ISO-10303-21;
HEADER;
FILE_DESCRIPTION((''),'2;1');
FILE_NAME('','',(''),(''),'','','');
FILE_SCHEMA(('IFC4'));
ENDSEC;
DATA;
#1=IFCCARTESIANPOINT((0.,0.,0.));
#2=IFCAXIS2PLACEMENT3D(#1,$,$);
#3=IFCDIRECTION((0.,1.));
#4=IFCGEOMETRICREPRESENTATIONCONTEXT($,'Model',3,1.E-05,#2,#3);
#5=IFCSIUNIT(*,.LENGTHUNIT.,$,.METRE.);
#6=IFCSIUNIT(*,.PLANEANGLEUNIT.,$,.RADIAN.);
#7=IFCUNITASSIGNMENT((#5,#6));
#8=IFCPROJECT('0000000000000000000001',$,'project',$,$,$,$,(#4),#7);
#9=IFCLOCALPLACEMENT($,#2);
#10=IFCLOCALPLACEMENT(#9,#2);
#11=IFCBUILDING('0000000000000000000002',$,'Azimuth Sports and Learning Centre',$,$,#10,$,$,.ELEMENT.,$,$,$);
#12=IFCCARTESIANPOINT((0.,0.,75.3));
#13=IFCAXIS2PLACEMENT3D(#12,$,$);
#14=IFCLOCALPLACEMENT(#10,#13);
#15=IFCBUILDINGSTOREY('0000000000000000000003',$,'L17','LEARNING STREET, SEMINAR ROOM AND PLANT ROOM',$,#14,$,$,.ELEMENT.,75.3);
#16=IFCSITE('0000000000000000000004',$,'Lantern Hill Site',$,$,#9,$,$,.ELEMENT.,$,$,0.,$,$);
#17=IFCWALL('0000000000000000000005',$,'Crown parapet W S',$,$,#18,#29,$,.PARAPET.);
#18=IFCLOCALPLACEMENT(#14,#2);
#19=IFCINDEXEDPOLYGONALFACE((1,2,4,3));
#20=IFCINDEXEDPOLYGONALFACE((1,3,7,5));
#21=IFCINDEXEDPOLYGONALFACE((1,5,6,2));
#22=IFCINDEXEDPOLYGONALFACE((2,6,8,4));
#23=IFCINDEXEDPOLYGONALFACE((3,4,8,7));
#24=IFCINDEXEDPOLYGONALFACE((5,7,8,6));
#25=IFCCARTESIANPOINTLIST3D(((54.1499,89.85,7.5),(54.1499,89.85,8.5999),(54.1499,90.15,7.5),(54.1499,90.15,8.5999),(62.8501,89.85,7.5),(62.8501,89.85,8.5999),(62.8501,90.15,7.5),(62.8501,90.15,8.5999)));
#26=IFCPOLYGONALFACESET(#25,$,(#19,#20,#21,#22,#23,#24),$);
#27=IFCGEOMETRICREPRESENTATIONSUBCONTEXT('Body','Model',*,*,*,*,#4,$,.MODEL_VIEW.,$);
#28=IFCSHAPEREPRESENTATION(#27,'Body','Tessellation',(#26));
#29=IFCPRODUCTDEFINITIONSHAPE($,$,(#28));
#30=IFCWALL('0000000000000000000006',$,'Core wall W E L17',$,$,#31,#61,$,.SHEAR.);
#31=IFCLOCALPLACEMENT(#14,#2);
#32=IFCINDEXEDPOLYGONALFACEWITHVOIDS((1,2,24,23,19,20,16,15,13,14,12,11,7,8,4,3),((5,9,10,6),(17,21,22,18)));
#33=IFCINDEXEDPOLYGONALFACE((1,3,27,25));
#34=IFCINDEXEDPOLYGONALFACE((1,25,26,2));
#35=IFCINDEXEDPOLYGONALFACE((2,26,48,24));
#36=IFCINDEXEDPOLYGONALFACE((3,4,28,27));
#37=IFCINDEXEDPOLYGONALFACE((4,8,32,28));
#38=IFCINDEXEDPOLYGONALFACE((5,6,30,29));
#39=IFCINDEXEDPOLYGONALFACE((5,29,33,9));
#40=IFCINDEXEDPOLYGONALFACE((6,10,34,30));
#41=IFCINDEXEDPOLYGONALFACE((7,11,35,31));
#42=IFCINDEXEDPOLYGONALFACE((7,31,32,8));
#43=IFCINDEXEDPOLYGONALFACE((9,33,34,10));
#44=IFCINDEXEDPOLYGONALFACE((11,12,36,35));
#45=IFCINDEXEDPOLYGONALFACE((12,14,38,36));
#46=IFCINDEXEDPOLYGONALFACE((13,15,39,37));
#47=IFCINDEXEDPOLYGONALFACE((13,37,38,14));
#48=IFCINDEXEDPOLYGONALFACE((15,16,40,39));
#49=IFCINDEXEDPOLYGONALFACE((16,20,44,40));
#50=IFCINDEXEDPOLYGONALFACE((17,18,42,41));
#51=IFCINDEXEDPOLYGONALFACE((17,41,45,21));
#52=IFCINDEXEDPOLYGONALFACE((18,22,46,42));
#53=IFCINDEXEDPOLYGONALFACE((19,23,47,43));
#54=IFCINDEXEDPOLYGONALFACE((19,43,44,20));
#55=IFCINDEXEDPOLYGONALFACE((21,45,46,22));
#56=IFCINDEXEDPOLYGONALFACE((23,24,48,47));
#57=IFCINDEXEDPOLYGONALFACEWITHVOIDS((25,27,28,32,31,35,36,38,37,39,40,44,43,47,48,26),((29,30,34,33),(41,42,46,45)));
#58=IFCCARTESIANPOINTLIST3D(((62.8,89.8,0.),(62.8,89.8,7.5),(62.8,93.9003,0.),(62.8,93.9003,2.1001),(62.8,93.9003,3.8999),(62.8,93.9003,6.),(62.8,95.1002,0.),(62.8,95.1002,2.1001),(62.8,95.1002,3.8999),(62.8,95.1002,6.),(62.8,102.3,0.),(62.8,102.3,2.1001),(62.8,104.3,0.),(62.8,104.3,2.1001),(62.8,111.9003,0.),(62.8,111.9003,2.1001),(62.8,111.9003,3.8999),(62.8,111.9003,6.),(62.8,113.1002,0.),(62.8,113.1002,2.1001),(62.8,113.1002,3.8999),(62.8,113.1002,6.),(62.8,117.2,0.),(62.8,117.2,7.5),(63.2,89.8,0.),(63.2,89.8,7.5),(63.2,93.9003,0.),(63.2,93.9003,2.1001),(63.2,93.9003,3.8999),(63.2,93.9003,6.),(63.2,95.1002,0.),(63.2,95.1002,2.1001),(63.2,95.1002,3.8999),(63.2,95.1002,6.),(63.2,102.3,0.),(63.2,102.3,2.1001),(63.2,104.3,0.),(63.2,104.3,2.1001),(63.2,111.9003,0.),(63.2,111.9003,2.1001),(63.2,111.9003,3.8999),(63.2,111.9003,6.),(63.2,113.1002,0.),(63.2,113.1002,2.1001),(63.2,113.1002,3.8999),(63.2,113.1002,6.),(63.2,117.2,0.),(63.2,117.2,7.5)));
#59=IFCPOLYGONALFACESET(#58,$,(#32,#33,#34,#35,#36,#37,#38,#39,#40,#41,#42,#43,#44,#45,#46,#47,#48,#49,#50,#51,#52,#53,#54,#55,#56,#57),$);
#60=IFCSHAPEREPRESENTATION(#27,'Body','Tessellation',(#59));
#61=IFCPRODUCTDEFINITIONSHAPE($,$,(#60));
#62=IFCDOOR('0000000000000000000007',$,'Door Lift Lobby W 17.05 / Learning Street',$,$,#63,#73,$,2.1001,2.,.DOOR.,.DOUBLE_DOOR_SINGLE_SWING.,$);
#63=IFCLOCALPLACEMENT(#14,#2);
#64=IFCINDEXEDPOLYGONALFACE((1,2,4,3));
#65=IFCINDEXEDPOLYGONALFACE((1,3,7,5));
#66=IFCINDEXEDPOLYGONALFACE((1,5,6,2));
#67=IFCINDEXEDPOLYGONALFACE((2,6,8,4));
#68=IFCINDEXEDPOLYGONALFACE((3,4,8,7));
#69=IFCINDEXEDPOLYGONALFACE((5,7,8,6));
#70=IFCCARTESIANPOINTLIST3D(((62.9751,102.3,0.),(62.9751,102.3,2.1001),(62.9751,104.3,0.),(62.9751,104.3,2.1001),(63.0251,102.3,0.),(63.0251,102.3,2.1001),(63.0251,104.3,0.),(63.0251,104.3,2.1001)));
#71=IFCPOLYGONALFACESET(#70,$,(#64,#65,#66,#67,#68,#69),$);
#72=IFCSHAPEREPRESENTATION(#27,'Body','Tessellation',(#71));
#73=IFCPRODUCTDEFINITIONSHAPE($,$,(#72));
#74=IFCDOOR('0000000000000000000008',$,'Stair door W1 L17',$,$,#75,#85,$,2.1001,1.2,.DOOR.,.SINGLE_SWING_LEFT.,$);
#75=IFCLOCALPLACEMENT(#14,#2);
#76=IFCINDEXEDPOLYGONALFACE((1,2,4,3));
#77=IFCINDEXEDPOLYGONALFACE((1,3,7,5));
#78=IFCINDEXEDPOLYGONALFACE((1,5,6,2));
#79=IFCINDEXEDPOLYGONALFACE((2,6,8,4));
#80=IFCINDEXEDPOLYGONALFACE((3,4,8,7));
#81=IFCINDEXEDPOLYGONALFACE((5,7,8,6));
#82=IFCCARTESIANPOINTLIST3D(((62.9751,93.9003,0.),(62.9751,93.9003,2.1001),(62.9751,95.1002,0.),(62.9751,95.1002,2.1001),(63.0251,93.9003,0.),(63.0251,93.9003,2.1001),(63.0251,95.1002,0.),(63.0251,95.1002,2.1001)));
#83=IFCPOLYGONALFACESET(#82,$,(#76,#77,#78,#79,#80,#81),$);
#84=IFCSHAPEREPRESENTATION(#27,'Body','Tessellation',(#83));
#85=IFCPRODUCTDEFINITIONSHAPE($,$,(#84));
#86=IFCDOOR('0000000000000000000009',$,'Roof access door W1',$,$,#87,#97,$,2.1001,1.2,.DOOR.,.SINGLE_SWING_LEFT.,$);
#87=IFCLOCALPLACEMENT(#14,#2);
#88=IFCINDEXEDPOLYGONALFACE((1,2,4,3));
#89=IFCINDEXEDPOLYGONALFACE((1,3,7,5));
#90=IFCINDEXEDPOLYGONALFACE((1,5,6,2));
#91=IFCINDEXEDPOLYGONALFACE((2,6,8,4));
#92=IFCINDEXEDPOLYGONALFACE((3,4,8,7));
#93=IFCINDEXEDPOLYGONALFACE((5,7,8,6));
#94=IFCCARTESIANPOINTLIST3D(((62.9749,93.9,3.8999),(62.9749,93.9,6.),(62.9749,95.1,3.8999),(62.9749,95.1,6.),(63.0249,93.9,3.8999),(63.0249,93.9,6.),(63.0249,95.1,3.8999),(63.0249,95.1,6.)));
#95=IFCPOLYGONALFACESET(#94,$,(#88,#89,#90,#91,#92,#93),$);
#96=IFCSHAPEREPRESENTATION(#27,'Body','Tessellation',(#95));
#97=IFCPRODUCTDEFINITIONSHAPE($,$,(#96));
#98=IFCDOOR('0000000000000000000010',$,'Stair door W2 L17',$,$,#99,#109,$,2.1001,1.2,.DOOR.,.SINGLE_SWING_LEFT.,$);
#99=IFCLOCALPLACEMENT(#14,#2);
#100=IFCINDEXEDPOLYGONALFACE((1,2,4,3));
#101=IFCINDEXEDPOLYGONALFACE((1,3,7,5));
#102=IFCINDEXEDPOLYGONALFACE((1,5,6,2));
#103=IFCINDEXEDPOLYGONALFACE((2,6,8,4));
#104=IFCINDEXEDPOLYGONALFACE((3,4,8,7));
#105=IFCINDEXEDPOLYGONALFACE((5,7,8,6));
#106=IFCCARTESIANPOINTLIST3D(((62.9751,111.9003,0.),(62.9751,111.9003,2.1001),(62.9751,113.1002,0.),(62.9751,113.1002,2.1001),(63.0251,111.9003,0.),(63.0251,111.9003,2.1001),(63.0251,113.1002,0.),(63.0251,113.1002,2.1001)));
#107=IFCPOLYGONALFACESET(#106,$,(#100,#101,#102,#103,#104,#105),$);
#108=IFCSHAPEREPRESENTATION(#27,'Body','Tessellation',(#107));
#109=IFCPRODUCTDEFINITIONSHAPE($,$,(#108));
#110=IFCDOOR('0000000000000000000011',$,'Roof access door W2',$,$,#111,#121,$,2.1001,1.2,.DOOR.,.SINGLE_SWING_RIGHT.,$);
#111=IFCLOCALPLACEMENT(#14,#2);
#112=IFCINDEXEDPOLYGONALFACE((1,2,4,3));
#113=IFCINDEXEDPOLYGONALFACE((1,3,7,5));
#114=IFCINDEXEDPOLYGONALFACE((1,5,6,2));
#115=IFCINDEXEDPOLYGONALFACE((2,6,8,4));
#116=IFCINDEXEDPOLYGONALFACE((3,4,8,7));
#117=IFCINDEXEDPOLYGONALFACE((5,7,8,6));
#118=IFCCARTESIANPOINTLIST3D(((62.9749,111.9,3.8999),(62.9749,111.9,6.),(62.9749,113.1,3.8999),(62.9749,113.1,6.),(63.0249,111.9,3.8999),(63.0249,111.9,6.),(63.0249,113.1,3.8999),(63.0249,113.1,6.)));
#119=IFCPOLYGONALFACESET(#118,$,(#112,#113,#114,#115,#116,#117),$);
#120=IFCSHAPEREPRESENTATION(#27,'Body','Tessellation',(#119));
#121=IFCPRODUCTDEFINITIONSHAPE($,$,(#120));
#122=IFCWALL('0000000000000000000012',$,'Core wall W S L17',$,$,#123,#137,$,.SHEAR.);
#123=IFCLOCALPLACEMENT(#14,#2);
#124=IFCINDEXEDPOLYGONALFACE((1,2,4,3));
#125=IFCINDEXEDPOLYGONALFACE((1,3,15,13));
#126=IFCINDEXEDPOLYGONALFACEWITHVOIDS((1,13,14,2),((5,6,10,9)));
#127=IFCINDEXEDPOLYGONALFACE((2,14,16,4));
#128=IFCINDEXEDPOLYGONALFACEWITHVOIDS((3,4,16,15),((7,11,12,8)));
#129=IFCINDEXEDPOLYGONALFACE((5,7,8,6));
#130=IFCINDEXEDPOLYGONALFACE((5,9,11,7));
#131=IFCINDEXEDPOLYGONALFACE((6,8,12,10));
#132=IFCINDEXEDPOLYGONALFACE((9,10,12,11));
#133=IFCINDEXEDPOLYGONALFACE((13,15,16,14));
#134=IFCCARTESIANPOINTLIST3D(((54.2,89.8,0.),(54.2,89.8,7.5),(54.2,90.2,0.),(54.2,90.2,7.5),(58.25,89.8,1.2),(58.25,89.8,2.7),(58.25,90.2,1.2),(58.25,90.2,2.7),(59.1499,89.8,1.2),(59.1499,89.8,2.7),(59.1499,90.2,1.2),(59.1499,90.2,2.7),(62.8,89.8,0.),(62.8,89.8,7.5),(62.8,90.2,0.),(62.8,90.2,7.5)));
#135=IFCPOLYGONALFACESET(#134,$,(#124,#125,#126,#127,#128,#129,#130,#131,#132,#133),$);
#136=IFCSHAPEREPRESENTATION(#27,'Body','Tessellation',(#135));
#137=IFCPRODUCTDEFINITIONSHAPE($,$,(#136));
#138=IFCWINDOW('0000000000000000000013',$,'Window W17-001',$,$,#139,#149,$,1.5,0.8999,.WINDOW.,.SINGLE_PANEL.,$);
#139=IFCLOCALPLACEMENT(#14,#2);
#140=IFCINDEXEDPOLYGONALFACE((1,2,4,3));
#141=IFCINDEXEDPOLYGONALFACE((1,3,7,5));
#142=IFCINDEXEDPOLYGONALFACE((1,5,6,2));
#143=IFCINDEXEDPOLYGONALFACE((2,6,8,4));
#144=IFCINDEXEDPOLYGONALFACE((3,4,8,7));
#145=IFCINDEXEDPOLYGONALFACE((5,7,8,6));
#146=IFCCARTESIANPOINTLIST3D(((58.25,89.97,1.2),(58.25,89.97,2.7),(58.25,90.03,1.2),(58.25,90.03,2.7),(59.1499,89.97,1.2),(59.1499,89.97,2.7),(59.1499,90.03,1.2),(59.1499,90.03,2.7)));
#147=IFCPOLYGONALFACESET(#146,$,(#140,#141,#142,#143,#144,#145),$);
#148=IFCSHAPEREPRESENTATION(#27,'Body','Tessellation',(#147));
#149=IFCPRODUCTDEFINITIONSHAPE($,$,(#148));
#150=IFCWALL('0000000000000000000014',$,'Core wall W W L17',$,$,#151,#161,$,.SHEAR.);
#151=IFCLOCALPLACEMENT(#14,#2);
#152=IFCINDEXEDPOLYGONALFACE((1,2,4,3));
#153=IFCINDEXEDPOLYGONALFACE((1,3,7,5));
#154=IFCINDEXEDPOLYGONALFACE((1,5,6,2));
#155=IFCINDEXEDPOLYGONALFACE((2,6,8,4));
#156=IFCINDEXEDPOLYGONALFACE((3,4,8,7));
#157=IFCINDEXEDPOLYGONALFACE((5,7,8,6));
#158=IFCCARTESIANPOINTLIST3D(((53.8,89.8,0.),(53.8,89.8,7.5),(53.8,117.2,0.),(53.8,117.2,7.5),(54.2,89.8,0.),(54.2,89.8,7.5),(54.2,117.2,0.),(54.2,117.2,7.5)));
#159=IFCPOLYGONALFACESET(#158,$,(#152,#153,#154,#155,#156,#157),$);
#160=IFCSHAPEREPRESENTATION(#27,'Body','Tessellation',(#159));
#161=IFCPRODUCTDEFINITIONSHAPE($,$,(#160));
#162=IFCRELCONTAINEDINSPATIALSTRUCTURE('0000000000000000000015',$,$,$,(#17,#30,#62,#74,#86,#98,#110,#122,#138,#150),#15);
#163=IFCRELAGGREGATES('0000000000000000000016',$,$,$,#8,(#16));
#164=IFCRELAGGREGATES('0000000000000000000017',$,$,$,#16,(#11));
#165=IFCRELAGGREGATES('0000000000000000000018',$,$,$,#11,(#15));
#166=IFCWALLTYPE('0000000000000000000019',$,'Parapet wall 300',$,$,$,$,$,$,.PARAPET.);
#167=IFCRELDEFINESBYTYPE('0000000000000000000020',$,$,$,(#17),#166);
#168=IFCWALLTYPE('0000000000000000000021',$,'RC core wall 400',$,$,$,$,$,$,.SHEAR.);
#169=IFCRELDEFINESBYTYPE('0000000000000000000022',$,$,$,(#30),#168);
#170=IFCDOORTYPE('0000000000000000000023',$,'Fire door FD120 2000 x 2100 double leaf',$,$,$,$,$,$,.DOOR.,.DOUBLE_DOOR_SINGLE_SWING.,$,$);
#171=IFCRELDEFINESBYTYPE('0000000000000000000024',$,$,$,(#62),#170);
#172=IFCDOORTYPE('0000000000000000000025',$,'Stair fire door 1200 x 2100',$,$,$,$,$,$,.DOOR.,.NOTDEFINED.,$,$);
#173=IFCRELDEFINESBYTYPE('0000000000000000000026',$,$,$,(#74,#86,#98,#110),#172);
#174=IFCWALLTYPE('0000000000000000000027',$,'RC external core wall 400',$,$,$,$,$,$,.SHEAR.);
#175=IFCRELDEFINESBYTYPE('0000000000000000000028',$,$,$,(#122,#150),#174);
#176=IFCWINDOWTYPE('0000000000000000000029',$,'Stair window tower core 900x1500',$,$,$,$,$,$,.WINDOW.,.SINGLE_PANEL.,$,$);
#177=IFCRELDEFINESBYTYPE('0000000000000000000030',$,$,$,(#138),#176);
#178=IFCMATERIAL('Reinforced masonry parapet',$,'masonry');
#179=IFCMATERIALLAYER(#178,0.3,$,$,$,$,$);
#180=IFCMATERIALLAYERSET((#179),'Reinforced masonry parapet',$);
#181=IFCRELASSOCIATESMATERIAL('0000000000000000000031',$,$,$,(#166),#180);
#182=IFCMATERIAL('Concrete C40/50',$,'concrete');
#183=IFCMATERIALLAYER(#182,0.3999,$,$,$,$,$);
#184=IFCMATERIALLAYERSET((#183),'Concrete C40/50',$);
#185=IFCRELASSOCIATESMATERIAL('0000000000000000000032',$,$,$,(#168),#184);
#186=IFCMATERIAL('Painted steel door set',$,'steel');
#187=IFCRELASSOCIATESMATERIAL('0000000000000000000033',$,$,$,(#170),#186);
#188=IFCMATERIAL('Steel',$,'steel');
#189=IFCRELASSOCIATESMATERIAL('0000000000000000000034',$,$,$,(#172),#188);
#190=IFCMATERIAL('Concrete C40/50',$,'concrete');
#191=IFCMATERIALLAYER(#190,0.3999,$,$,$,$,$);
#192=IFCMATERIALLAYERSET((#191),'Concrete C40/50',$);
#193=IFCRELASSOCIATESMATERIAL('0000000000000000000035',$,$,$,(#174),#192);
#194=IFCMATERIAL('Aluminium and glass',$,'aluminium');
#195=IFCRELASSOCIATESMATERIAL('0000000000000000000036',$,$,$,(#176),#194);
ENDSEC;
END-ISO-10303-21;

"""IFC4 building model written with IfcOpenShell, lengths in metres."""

from ifc_helpers import new_model, si_unit, direction, frame, frame_2d, origin, place, context, subcontext, project, spatial, rectangle, extrude, material, layer, layer_set, type_object, element, fill, save


model = new_model("IFC4")

# Units and contexts
model_context = context("Model", 3, precision=1e-05, world=origin(), true_north=direction((0.0, 1.0)))
body_context = subcontext(model_context, "Body", "Model", "MODEL_VIEW")
ifc_project = project(units=[si_unit("LENGTHUNIT", "METRE"), si_unit("PLANEANGLEUNIT", "RADIAN")], contexts=[model_context])

# Site, building, storey
site_placement = place(None, origin())
site = spatial("IfcSite", under=ifc_project, at=site_placement, Name="Lantern Hill Site", CompositionType="ELEMENT", RefElevation=0.0)
building_placement = place(site_placement, origin())
building = spatial("IfcBuilding", under=site, at=building_placement, Name="Azimuth Sports and Learning Centre", CompositionType="ELEMENT")
storey_placement = place(building_placement, frame((0.0, 0.0, 75.3)))
storey = spatial("IfcBuildingStorey", under=building, at=storey_placement, Name="L17", Description="LEARNING STREET, SEMINAR ROOM AND PLANT ROOM", CompositionType="ELEMENT", Elevation=75.3)

# Wall
ifc_material_1 = material(Name="Reinforced masonry parapet", Category="masonry")
ifc_layer_1 = layer(ifc_material_1, 0.3)
ifc_layer_set_1 = layer_set([ifc_layer_1], Name="Reinforced masonry parapet")
wall_type_1 = type_object("IfcWallType", Name="Parapet wall 300", PredefinedType="PARAPET", material=ifc_layer_set_1)
wall_1_placement = place(storey_placement, frame((54.1499, 90.0, 7.5), z_axis=(0.0, 0.0, 1.0), x_axis=(1.0, 0.0, 0.0)))
element("IfcWall", 1, at=wall_1_placement, inside=storey, type_object=wall_type_1, Name="Crown parapet W S", PredefinedType="PARAPET", context=body_context, shape_type="SweptSolid", body=[
    extrude(rectangle(XDim=8.7002, YDim=0.3, at=frame_2d((4.3501, 0.0))), origin(), (0.0, 0.0, 1.0), 1.0999),
])

# Wall, openings, doors
ifc_material_2 = material(Name="Concrete C40/50", Category="concrete")
ifc_layer_2 = layer(ifc_material_2, 0.3999)
ifc_layer_set_2 = layer_set([ifc_layer_2], Name="Concrete C40/50")
wall_type_2 = type_object("IfcWallType", Name="RC core wall 400", PredefinedType="SHEAR", material=ifc_layer_set_2)
wall_2_placement = place(storey_placement, frame((63.0, 89.8, 0.0), z_axis=(0.0, 0.0, 1.0), x_axis=(0.0, 1.0, 0.0)))
wall_2 = element("IfcWall", 2, at=wall_2_placement, inside=storey, type_object=wall_type_2, Name="Core wall W E L17", PredefinedType="SHEAR", context=body_context, shape_type="SweptSolid", body=[
    extrude(rectangle(XDim=27.3999, YDim=0.3999, at=frame_2d((13.7, 0.0))), origin(), (0.0, 0.0, 1.0), 7.5),
])
opening_1_placement = place(wall_2_placement, frame((4.1001, 0.0, 0.0)))
opening_1 = element("IfcOpeningElement", 3, at=opening_1_placement, cuts=wall_2, PredefinedType="OPENING", context=body_context, shape_type="SweptSolid", body=[
    extrude(rectangle(XDim=1.2, YDim=2.1001, at=frame_2d((0.6001, 1.05))), frame((0.0, 0.2109, 0.0), z_axis=(0.0, -1.0, 0.0), x_axis=(1.0, 0.0, 0.0)), (0.0, 0.0, 1.0), 0.4219),
])
opening_2_placement = place(wall_2_placement, frame((4.1001, 0.0, 3.8999)))
opening_2 = element("IfcOpeningElement", 4, at=opening_2_placement, cuts=wall_2, PredefinedType="OPENING", context=body_context, shape_type="SweptSolid", body=[
    extrude(rectangle(XDim=1.2, YDim=2.1001, at=frame_2d((0.6001, 1.05))), frame((0.0, 0.2109, 0.0), z_axis=(0.0, -1.0, 0.0), x_axis=(1.0, 0.0, 0.0)), (0.0, 0.0, 1.0), 0.4219),
])
opening_3_placement = place(wall_2_placement, frame((22.1001, 0.0, 0.0)))
opening_3 = element("IfcOpeningElement", 5, at=opening_3_placement, cuts=wall_2, PredefinedType="OPENING", context=body_context, shape_type="SweptSolid", body=[
    extrude(rectangle(XDim=1.2, YDim=2.1001, at=frame_2d((0.6001, 1.05))), frame((0.0, 0.2109, 0.0), z_axis=(0.0, -1.0, 0.0), x_axis=(1.0, 0.0, 0.0)), (0.0, 0.0, 1.0), 0.4219),
])
opening_4_placement = place(wall_2_placement, frame((22.1001, 0.0, 3.8999)))
opening_4 = element("IfcOpeningElement", 6, at=opening_4_placement, cuts=wall_2, PredefinedType="OPENING", context=body_context, shape_type="SweptSolid", body=[
    extrude(rectangle(XDim=1.2, YDim=2.1001, at=frame_2d((0.6001, 1.05))), frame((0.0, 0.2109, 0.0), z_axis=(0.0, -1.0, 0.0), x_axis=(1.0, 0.0, 0.0)), (0.0, 0.0, 1.0), 0.4219),
])
opening_5_placement = place(wall_2_placement, frame((12.5, 0.0, 0.0)))
opening_5 = element("IfcOpeningElement", 7, at=opening_5_placement, cuts=wall_2, PredefinedType="OPENING", context=body_context, shape_type="SweptSolid", body=[
    extrude(rectangle(XDim=2.0, YDim=2.1001, at=frame_2d((1.0, 1.05))), frame((0.0, 0.2109, 0.0), z_axis=(0.0, -1.0, 0.0), x_axis=(1.0, 0.0, 0.0)), (0.0, 0.0, 1.0), 0.4219),
])
ifc_material_3 = material(Name="Painted steel door set", Category="steel")
door_type_1 = type_object("IfcDoorType", Name="Fire door FD120 2000 x 2100 double leaf", OperationType="DOUBLE_DOOR_SINGLE_SWING", PredefinedType="DOOR", material=ifc_material_3)
door_1_placement = place(opening_5_placement, origin())
door_1 = element("IfcDoor", 8, at=door_1_placement, inside=storey, type_object=door_type_1, Name="Door Lift Lobby W 17.05 / Learning Street", OperationType="DOUBLE_DOOR_SINGLE_SWING", OverallHeight=2.1001, OverallWidth=2.0, PredefinedType="DOOR", context=body_context, shape_type="SweptSolid", body=[
    extrude(rectangle(XDim=2.0, YDim=2.1001, at=frame_2d((1.0, 1.05))), frame((0.0, 0.0249, 0.0), z_axis=(0.0, -1.0, 0.0), x_axis=(1.0, 0.0, 0.0)), (0.0, 0.0, 1.0), 0.05),
])
fill(opening_5, door_1)
ifc_material_4 = material(Name="Steel", Category="steel")
door_type_2 = type_object("IfcDoorType", Name="Stair fire door 1200 x 2100", OperationType="NOTDEFINED", PredefinedType="DOOR", material=ifc_material_4)
door_2_placement = place(opening_1_placement, origin())
door_2 = element("IfcDoor", 9, at=door_2_placement, inside=storey, type_object=door_type_2, Name="Stair door W1 L17", OperationType="SINGLE_SWING_LEFT", OverallHeight=2.1001, OverallWidth=1.2, PredefinedType="DOOR", context=body_context, shape_type="SweptSolid", body=[
    extrude(rectangle(XDim=1.2, YDim=2.1001, at=frame_2d((0.6001, 1.05))), frame((0.0, 0.0249, 0.0), z_axis=(0.0, -1.0, 0.0), x_axis=(1.0, 0.0, 0.0)), (0.0, 0.0, 1.0), 0.05),
])
fill(opening_1, door_2)
door_3_placement = place(opening_2_placement, frame((1.2, 0.0, 0.0), z_axis=(0.0, 0.0, 1.0), x_axis=(-1.0, 0.0, 0.0)))
door_3 = element("IfcDoor", 10, at=door_3_placement, inside=storey, type_object=door_type_2, Name="Roof access door W1", OperationType="SINGLE_SWING_LEFT", OverallHeight=2.1001, OverallWidth=1.2, PredefinedType="DOOR", context=body_context, shape_type="SweptSolid", body=[
    extrude(rectangle(XDim=1.2, YDim=2.1001, at=frame_2d((0.6001, 1.05))), frame((0.0, 0.0249, 0.0), z_axis=(0.0, -1.0, 0.0), x_axis=(1.0, 0.0, 0.0)), (0.0, 0.0, 1.0), 0.05),
])
fill(opening_2, door_3)
door_4_placement = place(opening_3_placement, origin())
door_4 = element("IfcDoor", 11, at=door_4_placement, inside=storey, type_object=door_type_2, Name="Stair door W2 L17", OperationType="SINGLE_SWING_LEFT", OverallHeight=2.1001, OverallWidth=1.2, PredefinedType="DOOR", context=body_context, shape_type="SweptSolid", body=[
    extrude(rectangle(XDim=1.2, YDim=2.1001, at=frame_2d((0.6001, 1.05))), frame((0.0, 0.0249, 0.0), z_axis=(0.0, -1.0, 0.0), x_axis=(1.0, 0.0, 0.0)), (0.0, 0.0, 1.0), 0.05),
])
fill(opening_3, door_4)
door_5_placement = place(opening_4_placement, frame((1.2, 0.0, 0.0), z_axis=(0.0, 0.0, 1.0), x_axis=(-1.0, 0.0, 0.0)))
door_5 = element("IfcDoor", 12, at=door_5_placement, inside=storey, type_object=door_type_2, Name="Roof access door W2", OperationType="SINGLE_SWING_RIGHT", OverallHeight=2.1001, OverallWidth=1.2, PredefinedType="DOOR", context=body_context, shape_type="SweptSolid", body=[
    extrude(rectangle(XDim=1.2, YDim=2.1001, at=frame_2d((0.6001, 1.05))), frame((0.0, 0.0249, 0.0), z_axis=(0.0, -1.0, 0.0), x_axis=(1.0, 0.0, 0.0)), (0.0, 0.0, 1.0), 0.05),
])
fill(opening_4, door_5)

# Wall, opening, window
ifc_material_5 = material(Name="Concrete C40/50", Category="concrete")
ifc_layer_3 = layer(ifc_material_5, 0.3999)
ifc_layer_set_3 = layer_set([ifc_layer_3], Name="Concrete C40/50")
wall_type_3 = type_object("IfcWallType", Name="RC external core wall 400", PredefinedType="SHEAR", material=ifc_layer_set_3)
wall_3_placement = place(storey_placement, frame((54.2, 90.0, 0.0), z_axis=(0.0, 0.0, 1.0), x_axis=(1.0, 0.0, 0.0)))
wall_3 = element("IfcWall", 13, at=wall_3_placement, inside=storey, type_object=wall_type_3, Name="Core wall W S L17", PredefinedType="SHEAR", context=body_context, shape_type="SweptSolid", body=[
    extrude(rectangle(XDim=8.6001, YDim=0.3999, at=frame_2d((4.3, 0.0))), origin(), (0.0, 0.0, 1.0), 7.5),
])
opening_6_placement = place(wall_3_placement, frame((4.05, 0.0, 1.2)))
opening_6 = element("IfcOpeningElement", 14, at=opening_6_placement, cuts=wall_3, PredefinedType="OPENING", context=body_context, shape_type="SweptSolid", body=[
    extrude(rectangle(XDim=0.8999, YDim=1.5, at=frame_2d((0.45, 0.75))), frame((0.0, 0.2109, 0.0), z_axis=(0.0, -1.0, 0.0), x_axis=(1.0, 0.0, 0.0)), (0.0, 0.0, 1.0), 0.4219),
])
ifc_material_6 = material(Name="Aluminium and glass", Category="aluminium")
window_type = type_object("IfcWindowType", Name="Stair window tower core 900x1500", PartitioningType="SINGLE_PANEL", PredefinedType="WINDOW", material=ifc_material_6)
window_placement = place(opening_6_placement, origin())
window = element("IfcWindow", 15, at=window_placement, inside=storey, type_object=window_type, Name="Window W17-001", OverallHeight=1.5, OverallWidth=0.8999, PartitioningType="SINGLE_PANEL", PredefinedType="WINDOW", context=body_context, shape_type="SweptSolid", body=[
    extrude(rectangle(XDim=0.8999, YDim=1.5, at=frame_2d((0.45, 0.75))), frame((0.0, 0.03, 0.0), z_axis=(0.0, -1.0, 0.0), x_axis=(1.0, 0.0, 0.0)), (0.0, 0.0, 1.0), 0.0601),
])
fill(opening_6, window)

# Wall
wall_4_placement = place(storey_placement, frame((54.0, 89.8, 0.0), z_axis=(0.0, 0.0, 1.0), x_axis=(0.0, 1.0, 0.0)))
element("IfcWall", 16, at=wall_4_placement, inside=storey, type_object=wall_type_3, Name="Core wall W W L17", PredefinedType="SHEAR", context=body_context, shape_type="SweptSolid", body=[
    extrude(rectangle(XDim=27.3999, YDim=0.3999, at=frame_2d((13.7, 0.0))), origin(), (0.0, 0.0, 1.0), 7.5),
])

save(model, "model.ifc")
